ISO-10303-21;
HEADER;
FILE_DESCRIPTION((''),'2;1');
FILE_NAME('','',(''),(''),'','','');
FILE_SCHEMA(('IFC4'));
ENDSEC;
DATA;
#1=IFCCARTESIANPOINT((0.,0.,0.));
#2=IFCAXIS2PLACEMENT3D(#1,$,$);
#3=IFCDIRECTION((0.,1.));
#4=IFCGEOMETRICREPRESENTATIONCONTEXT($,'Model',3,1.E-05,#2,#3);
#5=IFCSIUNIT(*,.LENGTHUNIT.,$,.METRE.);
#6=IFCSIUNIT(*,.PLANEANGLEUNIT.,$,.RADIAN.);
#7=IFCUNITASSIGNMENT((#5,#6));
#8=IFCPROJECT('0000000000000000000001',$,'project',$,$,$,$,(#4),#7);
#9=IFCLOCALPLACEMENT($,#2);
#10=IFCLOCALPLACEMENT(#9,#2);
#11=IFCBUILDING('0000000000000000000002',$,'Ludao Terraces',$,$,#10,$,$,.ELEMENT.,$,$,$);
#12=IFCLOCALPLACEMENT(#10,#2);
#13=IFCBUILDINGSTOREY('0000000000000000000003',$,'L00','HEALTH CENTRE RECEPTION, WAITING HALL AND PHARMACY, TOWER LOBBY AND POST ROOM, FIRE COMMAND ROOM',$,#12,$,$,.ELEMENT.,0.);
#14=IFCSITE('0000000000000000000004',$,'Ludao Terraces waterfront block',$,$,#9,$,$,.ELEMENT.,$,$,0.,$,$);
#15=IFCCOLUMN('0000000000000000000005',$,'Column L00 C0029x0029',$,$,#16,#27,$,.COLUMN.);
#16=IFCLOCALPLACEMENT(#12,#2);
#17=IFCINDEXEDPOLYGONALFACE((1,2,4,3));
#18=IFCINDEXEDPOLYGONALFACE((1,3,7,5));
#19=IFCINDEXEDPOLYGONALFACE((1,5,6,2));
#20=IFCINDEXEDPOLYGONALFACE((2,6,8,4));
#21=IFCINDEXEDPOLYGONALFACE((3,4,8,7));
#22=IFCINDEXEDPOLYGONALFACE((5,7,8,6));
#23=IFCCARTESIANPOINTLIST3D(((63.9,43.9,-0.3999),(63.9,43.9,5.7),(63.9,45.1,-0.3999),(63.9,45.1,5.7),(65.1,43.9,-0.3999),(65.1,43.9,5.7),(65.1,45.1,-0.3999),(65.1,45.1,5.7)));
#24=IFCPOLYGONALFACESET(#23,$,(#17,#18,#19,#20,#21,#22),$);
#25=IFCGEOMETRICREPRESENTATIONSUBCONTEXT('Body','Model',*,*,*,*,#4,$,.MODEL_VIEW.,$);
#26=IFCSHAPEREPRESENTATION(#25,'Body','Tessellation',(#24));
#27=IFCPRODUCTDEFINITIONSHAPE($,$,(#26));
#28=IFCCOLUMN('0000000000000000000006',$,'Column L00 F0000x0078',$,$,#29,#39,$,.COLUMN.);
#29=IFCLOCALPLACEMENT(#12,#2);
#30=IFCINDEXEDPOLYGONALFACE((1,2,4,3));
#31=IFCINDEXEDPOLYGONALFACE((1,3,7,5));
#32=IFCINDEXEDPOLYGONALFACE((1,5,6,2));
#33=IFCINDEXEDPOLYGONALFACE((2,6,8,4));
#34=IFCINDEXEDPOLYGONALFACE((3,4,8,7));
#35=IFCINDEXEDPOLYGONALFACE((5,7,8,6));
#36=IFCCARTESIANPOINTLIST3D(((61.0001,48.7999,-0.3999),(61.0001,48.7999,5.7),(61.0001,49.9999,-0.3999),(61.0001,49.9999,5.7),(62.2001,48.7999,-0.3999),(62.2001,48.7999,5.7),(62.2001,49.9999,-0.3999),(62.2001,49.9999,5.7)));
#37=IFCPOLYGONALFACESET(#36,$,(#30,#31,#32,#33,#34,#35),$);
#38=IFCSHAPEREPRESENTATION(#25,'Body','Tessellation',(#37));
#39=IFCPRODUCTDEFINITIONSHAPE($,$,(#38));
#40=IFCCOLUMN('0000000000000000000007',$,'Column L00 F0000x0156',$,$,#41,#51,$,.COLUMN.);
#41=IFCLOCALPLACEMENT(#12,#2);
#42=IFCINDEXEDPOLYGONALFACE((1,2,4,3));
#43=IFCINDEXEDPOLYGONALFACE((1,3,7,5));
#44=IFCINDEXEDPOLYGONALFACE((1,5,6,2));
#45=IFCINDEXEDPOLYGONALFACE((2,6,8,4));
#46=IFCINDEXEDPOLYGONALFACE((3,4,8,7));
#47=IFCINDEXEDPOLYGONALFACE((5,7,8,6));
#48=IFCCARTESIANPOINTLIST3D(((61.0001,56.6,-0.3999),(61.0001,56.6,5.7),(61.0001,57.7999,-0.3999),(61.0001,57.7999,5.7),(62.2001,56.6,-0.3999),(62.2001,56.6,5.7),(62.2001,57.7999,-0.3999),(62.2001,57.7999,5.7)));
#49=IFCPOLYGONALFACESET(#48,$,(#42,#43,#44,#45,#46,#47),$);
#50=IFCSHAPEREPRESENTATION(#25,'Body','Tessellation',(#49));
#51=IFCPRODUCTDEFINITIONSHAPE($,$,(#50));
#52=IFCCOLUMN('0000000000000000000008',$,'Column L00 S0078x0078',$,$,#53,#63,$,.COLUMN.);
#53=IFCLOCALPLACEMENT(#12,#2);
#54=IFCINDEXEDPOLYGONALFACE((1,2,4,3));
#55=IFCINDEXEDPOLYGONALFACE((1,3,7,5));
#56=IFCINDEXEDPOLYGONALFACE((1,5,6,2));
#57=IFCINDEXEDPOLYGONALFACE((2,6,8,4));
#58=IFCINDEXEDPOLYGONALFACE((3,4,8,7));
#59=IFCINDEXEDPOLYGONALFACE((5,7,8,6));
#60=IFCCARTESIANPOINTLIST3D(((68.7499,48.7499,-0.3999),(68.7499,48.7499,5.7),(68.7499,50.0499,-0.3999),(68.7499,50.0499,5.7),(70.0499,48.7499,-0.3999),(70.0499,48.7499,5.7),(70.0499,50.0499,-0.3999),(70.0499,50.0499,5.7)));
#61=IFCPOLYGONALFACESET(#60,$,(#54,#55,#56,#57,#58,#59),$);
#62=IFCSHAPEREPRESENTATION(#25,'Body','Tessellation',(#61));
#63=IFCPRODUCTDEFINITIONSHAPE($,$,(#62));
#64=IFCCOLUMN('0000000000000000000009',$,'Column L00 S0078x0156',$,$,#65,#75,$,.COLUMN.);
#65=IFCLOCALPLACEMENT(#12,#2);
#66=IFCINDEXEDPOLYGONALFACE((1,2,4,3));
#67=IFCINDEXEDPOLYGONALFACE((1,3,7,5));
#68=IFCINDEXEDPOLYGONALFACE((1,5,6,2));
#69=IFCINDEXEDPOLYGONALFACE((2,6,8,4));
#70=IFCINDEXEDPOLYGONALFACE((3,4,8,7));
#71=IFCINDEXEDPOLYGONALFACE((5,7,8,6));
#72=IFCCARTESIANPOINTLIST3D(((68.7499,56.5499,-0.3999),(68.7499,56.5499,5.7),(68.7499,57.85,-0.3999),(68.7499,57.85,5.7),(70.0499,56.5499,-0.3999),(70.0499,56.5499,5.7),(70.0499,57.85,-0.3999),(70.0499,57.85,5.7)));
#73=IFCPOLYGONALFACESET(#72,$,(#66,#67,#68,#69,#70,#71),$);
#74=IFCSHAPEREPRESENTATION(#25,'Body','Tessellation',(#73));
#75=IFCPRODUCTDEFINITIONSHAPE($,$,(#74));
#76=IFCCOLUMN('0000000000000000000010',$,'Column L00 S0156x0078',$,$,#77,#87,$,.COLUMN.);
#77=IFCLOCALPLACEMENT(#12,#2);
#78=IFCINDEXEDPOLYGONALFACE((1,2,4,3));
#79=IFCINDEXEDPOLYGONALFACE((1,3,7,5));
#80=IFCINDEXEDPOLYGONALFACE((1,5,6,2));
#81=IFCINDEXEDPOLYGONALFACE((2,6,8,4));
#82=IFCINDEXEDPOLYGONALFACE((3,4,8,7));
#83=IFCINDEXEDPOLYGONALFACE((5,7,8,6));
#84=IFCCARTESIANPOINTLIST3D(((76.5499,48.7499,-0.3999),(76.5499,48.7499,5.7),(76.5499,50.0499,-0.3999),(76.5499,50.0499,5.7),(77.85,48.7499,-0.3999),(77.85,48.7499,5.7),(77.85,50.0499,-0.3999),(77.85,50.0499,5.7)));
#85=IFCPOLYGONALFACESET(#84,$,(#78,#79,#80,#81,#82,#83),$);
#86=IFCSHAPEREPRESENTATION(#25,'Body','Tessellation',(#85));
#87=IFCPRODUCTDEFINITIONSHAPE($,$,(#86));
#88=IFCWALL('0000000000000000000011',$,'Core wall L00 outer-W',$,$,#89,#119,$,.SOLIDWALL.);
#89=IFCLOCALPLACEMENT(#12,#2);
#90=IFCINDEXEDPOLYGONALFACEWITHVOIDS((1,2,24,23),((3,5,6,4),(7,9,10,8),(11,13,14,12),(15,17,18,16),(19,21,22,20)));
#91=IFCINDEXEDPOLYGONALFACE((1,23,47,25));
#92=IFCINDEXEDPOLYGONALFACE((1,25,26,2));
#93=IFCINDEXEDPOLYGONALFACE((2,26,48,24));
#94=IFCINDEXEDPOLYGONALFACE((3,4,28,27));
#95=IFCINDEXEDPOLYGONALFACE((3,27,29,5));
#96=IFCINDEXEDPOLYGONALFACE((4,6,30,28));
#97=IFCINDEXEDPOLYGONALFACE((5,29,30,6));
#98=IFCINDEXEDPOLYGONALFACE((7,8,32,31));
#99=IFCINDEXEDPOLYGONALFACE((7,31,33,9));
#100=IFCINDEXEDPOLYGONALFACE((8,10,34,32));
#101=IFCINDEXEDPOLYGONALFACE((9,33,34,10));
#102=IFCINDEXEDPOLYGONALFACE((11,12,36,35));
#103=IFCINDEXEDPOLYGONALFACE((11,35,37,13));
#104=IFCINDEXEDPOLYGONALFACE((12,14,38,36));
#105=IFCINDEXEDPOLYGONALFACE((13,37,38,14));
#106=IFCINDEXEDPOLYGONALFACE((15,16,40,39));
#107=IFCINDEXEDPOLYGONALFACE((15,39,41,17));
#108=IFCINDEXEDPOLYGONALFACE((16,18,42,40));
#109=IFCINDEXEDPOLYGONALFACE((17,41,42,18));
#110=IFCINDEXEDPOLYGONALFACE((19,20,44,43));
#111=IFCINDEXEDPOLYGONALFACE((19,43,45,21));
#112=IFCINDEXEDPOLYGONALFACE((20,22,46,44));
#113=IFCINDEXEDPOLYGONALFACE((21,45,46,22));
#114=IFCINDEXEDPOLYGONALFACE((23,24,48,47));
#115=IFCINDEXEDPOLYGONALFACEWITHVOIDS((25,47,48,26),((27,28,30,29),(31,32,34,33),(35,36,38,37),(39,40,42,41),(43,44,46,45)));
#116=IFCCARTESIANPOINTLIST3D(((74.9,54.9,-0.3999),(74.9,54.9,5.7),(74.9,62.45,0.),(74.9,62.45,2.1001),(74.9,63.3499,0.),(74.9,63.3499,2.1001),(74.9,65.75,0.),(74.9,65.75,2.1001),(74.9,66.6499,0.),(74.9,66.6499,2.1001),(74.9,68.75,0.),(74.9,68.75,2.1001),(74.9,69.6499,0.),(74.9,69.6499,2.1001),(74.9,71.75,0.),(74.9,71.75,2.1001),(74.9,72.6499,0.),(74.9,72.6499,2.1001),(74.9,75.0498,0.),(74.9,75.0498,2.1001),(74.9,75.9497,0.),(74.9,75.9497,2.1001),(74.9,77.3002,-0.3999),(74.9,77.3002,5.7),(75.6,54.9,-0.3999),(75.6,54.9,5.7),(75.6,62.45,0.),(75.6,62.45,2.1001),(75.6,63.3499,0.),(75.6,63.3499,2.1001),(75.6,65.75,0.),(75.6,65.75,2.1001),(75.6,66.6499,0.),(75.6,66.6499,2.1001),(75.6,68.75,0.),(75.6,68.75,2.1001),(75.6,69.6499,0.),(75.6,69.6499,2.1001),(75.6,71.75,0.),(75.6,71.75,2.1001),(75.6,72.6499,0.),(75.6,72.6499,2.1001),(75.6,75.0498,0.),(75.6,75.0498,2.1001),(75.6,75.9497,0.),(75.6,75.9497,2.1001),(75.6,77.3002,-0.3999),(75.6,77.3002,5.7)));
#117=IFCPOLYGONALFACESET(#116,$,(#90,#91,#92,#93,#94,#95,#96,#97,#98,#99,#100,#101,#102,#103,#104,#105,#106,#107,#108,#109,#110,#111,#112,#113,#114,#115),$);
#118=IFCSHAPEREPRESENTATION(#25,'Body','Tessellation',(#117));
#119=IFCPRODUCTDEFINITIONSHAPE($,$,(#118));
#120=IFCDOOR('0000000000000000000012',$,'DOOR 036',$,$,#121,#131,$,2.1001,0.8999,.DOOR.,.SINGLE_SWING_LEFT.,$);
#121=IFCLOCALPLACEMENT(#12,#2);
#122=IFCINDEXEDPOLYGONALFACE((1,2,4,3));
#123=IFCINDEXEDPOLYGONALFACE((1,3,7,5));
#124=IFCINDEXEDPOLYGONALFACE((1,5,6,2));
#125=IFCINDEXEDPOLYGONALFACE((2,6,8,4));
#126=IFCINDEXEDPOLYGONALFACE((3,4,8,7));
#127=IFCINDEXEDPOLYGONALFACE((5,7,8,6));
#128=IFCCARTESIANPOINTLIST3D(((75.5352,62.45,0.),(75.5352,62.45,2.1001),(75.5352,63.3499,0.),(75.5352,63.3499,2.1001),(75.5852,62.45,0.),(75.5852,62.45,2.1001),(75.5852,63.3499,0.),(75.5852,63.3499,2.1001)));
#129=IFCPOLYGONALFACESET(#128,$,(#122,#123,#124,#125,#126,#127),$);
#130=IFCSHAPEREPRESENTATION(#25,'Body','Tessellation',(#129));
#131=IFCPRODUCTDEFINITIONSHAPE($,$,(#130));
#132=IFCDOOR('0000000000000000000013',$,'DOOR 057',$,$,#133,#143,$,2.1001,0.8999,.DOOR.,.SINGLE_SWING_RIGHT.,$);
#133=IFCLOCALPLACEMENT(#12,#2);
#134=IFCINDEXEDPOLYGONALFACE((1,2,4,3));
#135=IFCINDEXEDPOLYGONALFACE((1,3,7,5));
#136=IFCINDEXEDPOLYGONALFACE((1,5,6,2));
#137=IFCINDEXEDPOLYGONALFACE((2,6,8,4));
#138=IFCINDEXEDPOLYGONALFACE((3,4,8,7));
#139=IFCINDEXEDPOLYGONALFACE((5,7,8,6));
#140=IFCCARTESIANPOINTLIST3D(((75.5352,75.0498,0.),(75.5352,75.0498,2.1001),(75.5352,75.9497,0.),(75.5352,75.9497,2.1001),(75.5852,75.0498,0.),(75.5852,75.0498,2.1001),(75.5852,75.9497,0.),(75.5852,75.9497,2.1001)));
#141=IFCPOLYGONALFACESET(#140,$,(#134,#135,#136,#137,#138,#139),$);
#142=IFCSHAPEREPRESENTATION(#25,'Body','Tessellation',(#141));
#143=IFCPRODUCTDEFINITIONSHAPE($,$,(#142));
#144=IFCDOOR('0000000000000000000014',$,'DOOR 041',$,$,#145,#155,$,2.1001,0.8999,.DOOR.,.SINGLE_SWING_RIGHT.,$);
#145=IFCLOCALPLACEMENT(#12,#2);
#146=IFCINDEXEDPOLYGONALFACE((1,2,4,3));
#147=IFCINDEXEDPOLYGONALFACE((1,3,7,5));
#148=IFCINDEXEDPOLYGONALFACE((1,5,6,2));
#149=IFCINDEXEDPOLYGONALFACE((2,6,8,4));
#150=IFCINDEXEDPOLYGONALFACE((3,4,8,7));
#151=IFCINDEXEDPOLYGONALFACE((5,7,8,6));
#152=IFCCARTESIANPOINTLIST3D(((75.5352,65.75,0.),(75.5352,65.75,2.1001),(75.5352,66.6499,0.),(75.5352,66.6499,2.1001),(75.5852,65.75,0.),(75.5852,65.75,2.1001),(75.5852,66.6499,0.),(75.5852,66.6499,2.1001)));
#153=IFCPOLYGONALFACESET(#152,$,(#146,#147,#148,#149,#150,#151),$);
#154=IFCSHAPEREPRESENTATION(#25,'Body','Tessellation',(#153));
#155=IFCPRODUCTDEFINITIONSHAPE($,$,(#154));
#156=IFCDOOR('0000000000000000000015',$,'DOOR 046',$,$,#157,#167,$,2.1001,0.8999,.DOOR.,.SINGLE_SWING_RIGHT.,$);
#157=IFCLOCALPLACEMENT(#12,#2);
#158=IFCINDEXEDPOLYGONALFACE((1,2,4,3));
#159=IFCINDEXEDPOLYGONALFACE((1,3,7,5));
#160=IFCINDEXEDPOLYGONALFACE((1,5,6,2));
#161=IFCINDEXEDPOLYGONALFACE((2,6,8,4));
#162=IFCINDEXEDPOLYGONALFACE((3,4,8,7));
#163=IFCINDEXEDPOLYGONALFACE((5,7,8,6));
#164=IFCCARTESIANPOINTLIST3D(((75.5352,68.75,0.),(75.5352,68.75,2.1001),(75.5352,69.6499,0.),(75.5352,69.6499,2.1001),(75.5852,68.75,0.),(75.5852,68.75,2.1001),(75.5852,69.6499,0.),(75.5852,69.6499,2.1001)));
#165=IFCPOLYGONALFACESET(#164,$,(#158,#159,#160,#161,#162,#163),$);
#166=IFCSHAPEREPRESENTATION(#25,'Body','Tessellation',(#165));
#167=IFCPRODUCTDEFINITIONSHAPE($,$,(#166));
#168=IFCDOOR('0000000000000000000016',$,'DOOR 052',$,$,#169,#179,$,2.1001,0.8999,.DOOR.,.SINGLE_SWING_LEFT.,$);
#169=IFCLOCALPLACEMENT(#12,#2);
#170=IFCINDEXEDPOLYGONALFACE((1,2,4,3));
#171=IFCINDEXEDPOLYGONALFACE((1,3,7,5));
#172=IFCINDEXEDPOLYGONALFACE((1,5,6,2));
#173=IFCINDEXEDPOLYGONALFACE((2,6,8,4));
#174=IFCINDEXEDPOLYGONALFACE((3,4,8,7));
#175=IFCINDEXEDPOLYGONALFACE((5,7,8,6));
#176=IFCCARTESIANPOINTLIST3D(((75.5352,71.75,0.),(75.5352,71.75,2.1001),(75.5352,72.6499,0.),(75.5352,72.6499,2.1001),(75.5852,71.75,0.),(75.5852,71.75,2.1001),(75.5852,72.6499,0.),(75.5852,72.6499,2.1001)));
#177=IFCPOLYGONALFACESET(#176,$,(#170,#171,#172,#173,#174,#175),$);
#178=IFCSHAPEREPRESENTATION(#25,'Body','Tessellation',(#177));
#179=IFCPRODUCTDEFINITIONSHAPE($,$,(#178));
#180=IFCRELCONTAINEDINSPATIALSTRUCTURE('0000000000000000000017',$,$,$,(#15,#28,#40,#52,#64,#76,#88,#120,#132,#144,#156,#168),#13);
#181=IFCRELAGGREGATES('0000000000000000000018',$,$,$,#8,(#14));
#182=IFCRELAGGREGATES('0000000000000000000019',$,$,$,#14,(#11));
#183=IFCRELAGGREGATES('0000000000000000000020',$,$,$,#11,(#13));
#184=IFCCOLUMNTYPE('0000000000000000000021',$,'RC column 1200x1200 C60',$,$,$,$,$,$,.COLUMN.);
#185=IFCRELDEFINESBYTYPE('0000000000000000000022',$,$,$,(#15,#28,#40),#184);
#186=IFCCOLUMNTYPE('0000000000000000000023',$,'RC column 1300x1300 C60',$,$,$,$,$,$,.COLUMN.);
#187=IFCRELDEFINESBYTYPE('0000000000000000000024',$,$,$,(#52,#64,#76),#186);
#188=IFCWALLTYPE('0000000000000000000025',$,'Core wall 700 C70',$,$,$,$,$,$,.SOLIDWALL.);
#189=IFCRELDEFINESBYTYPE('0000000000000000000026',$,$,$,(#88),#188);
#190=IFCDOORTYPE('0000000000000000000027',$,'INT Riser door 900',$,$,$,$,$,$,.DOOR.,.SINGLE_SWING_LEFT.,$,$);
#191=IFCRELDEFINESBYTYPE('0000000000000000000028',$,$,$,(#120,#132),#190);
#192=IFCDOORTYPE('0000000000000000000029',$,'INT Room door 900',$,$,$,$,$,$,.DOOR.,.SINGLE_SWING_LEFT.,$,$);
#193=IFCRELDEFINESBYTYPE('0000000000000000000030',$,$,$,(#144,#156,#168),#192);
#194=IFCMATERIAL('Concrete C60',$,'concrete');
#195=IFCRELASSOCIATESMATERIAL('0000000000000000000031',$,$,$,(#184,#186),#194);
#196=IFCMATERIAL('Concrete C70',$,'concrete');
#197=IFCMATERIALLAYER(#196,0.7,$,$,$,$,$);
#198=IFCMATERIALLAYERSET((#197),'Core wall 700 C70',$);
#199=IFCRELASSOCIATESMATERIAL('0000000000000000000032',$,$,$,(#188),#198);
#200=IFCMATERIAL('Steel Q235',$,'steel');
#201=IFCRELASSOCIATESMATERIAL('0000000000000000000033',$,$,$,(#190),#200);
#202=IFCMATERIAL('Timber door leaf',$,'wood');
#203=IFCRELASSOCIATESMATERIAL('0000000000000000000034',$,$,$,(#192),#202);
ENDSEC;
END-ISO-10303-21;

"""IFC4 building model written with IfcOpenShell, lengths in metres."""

from ifc_helpers import new_model, si_unit, direction, frame, frame_2d, origin, origin_2d, place, context, subcontext, project, spatial, rectangle, extrude, material, layer, layer_set, material_profile, profile_set, type_object, element, fill, save


model = new_model("IFC4")

# Units and contexts
model_context = context("Model", 3, precision=1e-05, world=origin(), true_north=direction((0.0, 1.0)))
body_context = subcontext(model_context, "Body", "Model", "MODEL_VIEW")
ifc_project = project(units=[si_unit("LENGTHUNIT", "METRE"), si_unit("PLANEANGLEUNIT", "RADIAN")], contexts=[model_context])

# Site, building, storey
site_placement = place(None, origin())
site = spatial("IfcSite", under=ifc_project, at=site_placement, Name="Ludao Terraces waterfront block", CompositionType="ELEMENT", RefElevation=0.0)
building_placement = place(site_placement, origin())
building = spatial("IfcBuilding", under=site, at=building_placement, Name="Ludao Terraces", CompositionType="ELEMENT")
storey_placement = place(building_placement, origin())
storey = spatial("IfcBuildingStorey", under=building, at=storey_placement, Name="L00", Description="HEALTH CENTRE RECEPTION, WAITING HALL AND PHARMACY, TOWER LOBBY AND POST ROOM, FIRE COMMAND ROOM", CompositionType="ELEMENT", Elevation=0.0)

# Columns
ifc_material_1 = material(Name="Concrete C60", Category="concrete")
ifc_material_profile_1 = material_profile(ifc_material_1, rectangle(XDim=1.2, YDim=1.2, at=origin_2d()), Name="1200 X 1200")
ifc_profile_set_1 = profile_set([ifc_material_profile_1], Name="Concrete C60")
column_type_1 = type_object("IfcColumnType", Name="RC column 1200x1200 C60", PredefinedType="COLUMN", material=ifc_profile_set_1)
for number, where, z_axis, x_axis, name in (
    (1, (64.5, 44.5, -0.3999), (0.0, 0.0, 1.0), (1.0, 0.0, 0.0), "Column L00 C0029x0029"),
    (2, (61.6001, 49.3999, -0.3999), (0.0, 0.0, 1.0), (1.0, 0.0, 0.0), "Column L00 F0000x0078"),
    (3, (61.6001, 57.2, -0.3999), (0.0, 0.0, 1.0), (1.0, 0.0, 0.0), "Column L00 F0000x0156"),
):
    element("IfcColumn", number, at=place(storey_placement, frame(where, z_axis=z_axis, x_axis=x_axis)), inside=storey, type_object=column_type_1, Name=name, PredefinedType="COLUMN", context=body_context, shape_type="SweptSolid", body=[
        extrude(rectangle(XDim=1.2, YDim=1.2, at=origin_2d()), origin(), (0.0, 0.0, 1.0), 6.0999),
    ])
ifc_material_profile_2 = material_profile(ifc_material_1, rectangle(XDim=1.3, YDim=1.3, at=origin_2d()), Name="1300 X 1300")
ifc_profile_set_2 = profile_set([ifc_material_profile_2], Name="Concrete C60")
column_type_2 = type_object("IfcColumnType", Name="RC column 1300x1300 C60", PredefinedType="COLUMN", material=ifc_profile_set_2)
for number, where, z_axis, x_axis, name in (
    (4, (69.3999, 49.3999, -0.3999), (0.0, 0.0, 1.0), (1.0, 0.0, 0.0), "Column L00 S0078x0078"),
    (5, (69.3999, 57.2, -0.3999), (0.0, 0.0, 1.0), (1.0, 0.0, 0.0), "Column L00 S0078x0156"),
    (6, (77.2, 49.3999, -0.3999), (0.0, 0.0, 1.0), (1.0, 0.0, 0.0), "Column L00 S0156x0078"),
):
    element("IfcColumn", number, at=place(storey_placement, frame(where, z_axis=z_axis, x_axis=x_axis)), inside=storey, type_object=column_type_2, Name=name, PredefinedType="COLUMN", context=body_context, shape_type="SweptSolid", body=[
        extrude(rectangle(XDim=1.3, YDim=1.3, at=origin_2d()), origin(), (0.0, 0.0, 1.0), 6.0999),
    ])

# Wall, openings, doors
ifc_material_2 = material(Name="Concrete C70", Category="concrete")
ifc_layer_1 = layer(ifc_material_2, 0.7)
ifc_layer_set_1 = layer_set([ifc_layer_1], Name="Core wall 700 C70")
wall_type_1 = type_object("IfcWallType", Name="Core wall 700 C70", PredefinedType="SOLIDWALL", material=ifc_layer_set_1)
wall_1_placement = place(storey_placement, frame((75.25, 54.8999, -0.3999), z_axis=(0.0, 0.0, 1.0), x_axis=(0.0, 1.0, 0.0)))
wall_1 = element("IfcWall", 7, at=wall_1_placement, inside=storey, type_object=wall_type_1, Name="Core wall L00 outer-W", PredefinedType="SOLIDWALL", context=body_context, shape_type="SweptSolid", body=[
    extrude(rectangle(XDim=22.4001, YDim=0.7, at=frame_2d((11.2002, 0.0))), origin(), (0.0, 0.0, 1.0), 6.0999),
])
opening_1_placement = place(wall_1_placement, frame((7.55, 0.0, 0.3999)))
opening_1 = element("IfcOpeningElement", 8, at=opening_1_placement, cuts=wall_1, PredefinedType="OPENING", context=body_context, shape_type="SweptSolid", body=[
    extrude(rectangle(XDim=0.8999, YDim=2.1001, at=frame_2d((0.45, 1.05))), frame((0.0, 0.3599, 0.0), z_axis=(0.0, -1.0, 0.0), x_axis=(1.0, 0.0, 0.0)), (0.0, 0.0, 1.0), 0.72),
])
opening_2_placement = place(wall_1_placement, frame((10.8501, 0.0, 0.3999)))
opening_2 = element("IfcOpeningElement", 9, at=opening_2_placement, cuts=wall_1, PredefinedType="OPENING", context=body_context, shape_type="SweptSolid", body=[
    extrude(rectangle(XDim=0.8999, YDim=2.1001, at=frame_2d((0.45, 1.05))), frame((0.0, 0.3599, 0.0), z_axis=(0.0, -1.0, 0.0), x_axis=(1.0, 0.0, 0.0)), (0.0, 0.0, 1.0), 0.72),
])
opening_3_placement = place(wall_1_placement, frame((13.8501, 0.0, 0.3999)))
opening_3 = element("IfcOpeningElement", 10, at=opening_3_placement, cuts=wall_1, PredefinedType="OPENING", context=body_context, shape_type="SweptSolid", body=[
    extrude(rectangle(XDim=0.8999, YDim=2.1001, at=frame_2d((0.45, 1.05))), frame((0.0, 0.3599, 0.0), z_axis=(0.0, -1.0, 0.0), x_axis=(1.0, 0.0, 0.0)), (0.0, 0.0, 1.0), 0.72),
])
opening_4_placement = place(wall_1_placement, frame((16.8501, 0.0, 0.3999)))
opening_4 = element("IfcOpeningElement", 11, at=opening_4_placement, cuts=wall_1, PredefinedType="OPENING", context=body_context, shape_type="SweptSolid", body=[
    extrude(rectangle(XDim=0.8999, YDim=2.1001, at=frame_2d((0.45, 1.05))), frame((0.0, 0.3599, 0.0), z_axis=(0.0, -1.0, 0.0), x_axis=(1.0, 0.0, 0.0)), (0.0, 0.0, 1.0), 0.72),
])
opening_5_placement = place(wall_1_placement, frame((20.1499, 0.0, 0.3999)))
opening_5 = element("IfcOpeningElement", 12, at=opening_5_placement, cuts=wall_1, PredefinedType="OPENING", context=body_context, shape_type="SweptSolid", body=[
    extrude(rectangle(XDim=0.8999, YDim=2.1001, at=frame_2d((0.45, 1.05))), frame((0.0, 0.3599, 0.0), z_axis=(0.0, -1.0, 0.0), x_axis=(1.0, 0.0, 0.0)), (0.0, 0.0, 1.0), 0.72),
])
ifc_material_3 = material(Name="Steel Q235", Category="steel")
door_type_1 = type_object("IfcDoorType", Name="INT Riser door 900", OperationType="SINGLE_SWING_LEFT", PredefinedType="DOOR", material=ifc_material_3)
door_1_placement = place(opening_1_placement, origin())
door_1 = element("IfcDoor", 13, at=door_1_placement, inside=storey, type_object=door_type_1, Name="DOOR 036", OperationType="SINGLE_SWING_LEFT", OverallHeight=2.1001, OverallWidth=0.8999, PredefinedType="DOOR", context=body_context, shape_type="SweptSolid", body=[
    extrude(rectangle(XDim=0.8999, YDim=2.1001, at=frame_2d((0.45, 1.05))), frame((0.0, -0.2852, 0.0), z_axis=(0.0, -1.0, 0.0), x_axis=(1.0, 0.0, 0.0)), (0.0, 0.0, 1.0), 0.05),
])
fill(opening_1, door_1)
door_2_placement = place(opening_5_placement, origin())
door_2 = element("IfcDoor", 14, at=door_2_placement, inside=storey, type_object=door_type_1, Name="DOOR 057", OperationType="SINGLE_SWING_RIGHT", OverallHeight=2.1001, OverallWidth=0.8999, PredefinedType="DOOR", context=body_context, shape_type="SweptSolid", body=[
    extrude(rectangle(XDim=0.8999, YDim=2.1001, at=frame_2d((0.45, 1.05))), frame((0.0, -0.2852, 0.0), z_axis=(0.0, -1.0, 0.0), x_axis=(1.0, 0.0, 0.0)), (0.0, 0.0, 1.0), 0.05),
])
fill(opening_5, door_2)
ifc_material_4 = material(Name="Timber door leaf", Category="wood")
door_type_2 = type_object("IfcDoorType", Name="INT Room door 900", OperationType="SINGLE_SWING_LEFT", PredefinedType="DOOR", material=ifc_material_4)
door_3_placement = place(opening_2_placement, origin())
door_3 = element("IfcDoor", 15, at=door_3_placement, inside=storey, type_object=door_type_2, Name="DOOR 041", OperationType="SINGLE_SWING_RIGHT", OverallHeight=2.1001, OverallWidth=0.8999, PredefinedType="DOOR", context=body_context, shape_type="SweptSolid", body=[
    extrude(rectangle(XDim=0.8999, YDim=2.1001, at=frame_2d((0.45, 1.05))), frame((0.0, -0.2852, 0.0), z_axis=(0.0, -1.0, 0.0), x_axis=(1.0, 0.0, 0.0)), (0.0, 0.0, 1.0), 0.05),
])
fill(opening_2, door_3)
door_4_placement = place(opening_3_placement, origin())
door_4 = element("IfcDoor", 16, at=door_4_placement, inside=storey, type_object=door_type_2, Name="DOOR 046", OperationType="SINGLE_SWING_RIGHT", OverallHeight=2.1001, OverallWidth=0.8999, PredefinedType="DOOR", context=body_context, shape_type="SweptSolid", body=[
    extrude(rectangle(XDim=0.8999, YDim=2.1001, at=frame_2d((0.45, 1.05))), frame((0.0, -0.2852, 0.0), z_axis=(0.0, -1.0, 0.0), x_axis=(1.0, 0.0, 0.0)), (0.0, 0.0, 1.0), 0.05),
])
fill(opening_3, door_4)
door_5_placement = place(opening_4_placement, origin())
door_5 = element("IfcDoor", 17, at=door_5_placement, inside=storey, type_object=door_type_2, Name="DOOR 052", OperationType="SINGLE_SWING_LEFT", OverallHeight=2.1001, OverallWidth=0.8999, PredefinedType="DOOR", context=body_context, shape_type="SweptSolid", body=[
    extrude(rectangle(XDim=0.8999, YDim=2.1001, at=frame_2d((0.45, 1.05))), frame((0.0, -0.2852, 0.0), z_axis=(0.0, -1.0, 0.0), x_axis=(1.0, 0.0, 0.0)), (0.0, 0.0, 1.0), 0.05),
])
fill(opening_4, door_5)

save(model, "model.ifc")
